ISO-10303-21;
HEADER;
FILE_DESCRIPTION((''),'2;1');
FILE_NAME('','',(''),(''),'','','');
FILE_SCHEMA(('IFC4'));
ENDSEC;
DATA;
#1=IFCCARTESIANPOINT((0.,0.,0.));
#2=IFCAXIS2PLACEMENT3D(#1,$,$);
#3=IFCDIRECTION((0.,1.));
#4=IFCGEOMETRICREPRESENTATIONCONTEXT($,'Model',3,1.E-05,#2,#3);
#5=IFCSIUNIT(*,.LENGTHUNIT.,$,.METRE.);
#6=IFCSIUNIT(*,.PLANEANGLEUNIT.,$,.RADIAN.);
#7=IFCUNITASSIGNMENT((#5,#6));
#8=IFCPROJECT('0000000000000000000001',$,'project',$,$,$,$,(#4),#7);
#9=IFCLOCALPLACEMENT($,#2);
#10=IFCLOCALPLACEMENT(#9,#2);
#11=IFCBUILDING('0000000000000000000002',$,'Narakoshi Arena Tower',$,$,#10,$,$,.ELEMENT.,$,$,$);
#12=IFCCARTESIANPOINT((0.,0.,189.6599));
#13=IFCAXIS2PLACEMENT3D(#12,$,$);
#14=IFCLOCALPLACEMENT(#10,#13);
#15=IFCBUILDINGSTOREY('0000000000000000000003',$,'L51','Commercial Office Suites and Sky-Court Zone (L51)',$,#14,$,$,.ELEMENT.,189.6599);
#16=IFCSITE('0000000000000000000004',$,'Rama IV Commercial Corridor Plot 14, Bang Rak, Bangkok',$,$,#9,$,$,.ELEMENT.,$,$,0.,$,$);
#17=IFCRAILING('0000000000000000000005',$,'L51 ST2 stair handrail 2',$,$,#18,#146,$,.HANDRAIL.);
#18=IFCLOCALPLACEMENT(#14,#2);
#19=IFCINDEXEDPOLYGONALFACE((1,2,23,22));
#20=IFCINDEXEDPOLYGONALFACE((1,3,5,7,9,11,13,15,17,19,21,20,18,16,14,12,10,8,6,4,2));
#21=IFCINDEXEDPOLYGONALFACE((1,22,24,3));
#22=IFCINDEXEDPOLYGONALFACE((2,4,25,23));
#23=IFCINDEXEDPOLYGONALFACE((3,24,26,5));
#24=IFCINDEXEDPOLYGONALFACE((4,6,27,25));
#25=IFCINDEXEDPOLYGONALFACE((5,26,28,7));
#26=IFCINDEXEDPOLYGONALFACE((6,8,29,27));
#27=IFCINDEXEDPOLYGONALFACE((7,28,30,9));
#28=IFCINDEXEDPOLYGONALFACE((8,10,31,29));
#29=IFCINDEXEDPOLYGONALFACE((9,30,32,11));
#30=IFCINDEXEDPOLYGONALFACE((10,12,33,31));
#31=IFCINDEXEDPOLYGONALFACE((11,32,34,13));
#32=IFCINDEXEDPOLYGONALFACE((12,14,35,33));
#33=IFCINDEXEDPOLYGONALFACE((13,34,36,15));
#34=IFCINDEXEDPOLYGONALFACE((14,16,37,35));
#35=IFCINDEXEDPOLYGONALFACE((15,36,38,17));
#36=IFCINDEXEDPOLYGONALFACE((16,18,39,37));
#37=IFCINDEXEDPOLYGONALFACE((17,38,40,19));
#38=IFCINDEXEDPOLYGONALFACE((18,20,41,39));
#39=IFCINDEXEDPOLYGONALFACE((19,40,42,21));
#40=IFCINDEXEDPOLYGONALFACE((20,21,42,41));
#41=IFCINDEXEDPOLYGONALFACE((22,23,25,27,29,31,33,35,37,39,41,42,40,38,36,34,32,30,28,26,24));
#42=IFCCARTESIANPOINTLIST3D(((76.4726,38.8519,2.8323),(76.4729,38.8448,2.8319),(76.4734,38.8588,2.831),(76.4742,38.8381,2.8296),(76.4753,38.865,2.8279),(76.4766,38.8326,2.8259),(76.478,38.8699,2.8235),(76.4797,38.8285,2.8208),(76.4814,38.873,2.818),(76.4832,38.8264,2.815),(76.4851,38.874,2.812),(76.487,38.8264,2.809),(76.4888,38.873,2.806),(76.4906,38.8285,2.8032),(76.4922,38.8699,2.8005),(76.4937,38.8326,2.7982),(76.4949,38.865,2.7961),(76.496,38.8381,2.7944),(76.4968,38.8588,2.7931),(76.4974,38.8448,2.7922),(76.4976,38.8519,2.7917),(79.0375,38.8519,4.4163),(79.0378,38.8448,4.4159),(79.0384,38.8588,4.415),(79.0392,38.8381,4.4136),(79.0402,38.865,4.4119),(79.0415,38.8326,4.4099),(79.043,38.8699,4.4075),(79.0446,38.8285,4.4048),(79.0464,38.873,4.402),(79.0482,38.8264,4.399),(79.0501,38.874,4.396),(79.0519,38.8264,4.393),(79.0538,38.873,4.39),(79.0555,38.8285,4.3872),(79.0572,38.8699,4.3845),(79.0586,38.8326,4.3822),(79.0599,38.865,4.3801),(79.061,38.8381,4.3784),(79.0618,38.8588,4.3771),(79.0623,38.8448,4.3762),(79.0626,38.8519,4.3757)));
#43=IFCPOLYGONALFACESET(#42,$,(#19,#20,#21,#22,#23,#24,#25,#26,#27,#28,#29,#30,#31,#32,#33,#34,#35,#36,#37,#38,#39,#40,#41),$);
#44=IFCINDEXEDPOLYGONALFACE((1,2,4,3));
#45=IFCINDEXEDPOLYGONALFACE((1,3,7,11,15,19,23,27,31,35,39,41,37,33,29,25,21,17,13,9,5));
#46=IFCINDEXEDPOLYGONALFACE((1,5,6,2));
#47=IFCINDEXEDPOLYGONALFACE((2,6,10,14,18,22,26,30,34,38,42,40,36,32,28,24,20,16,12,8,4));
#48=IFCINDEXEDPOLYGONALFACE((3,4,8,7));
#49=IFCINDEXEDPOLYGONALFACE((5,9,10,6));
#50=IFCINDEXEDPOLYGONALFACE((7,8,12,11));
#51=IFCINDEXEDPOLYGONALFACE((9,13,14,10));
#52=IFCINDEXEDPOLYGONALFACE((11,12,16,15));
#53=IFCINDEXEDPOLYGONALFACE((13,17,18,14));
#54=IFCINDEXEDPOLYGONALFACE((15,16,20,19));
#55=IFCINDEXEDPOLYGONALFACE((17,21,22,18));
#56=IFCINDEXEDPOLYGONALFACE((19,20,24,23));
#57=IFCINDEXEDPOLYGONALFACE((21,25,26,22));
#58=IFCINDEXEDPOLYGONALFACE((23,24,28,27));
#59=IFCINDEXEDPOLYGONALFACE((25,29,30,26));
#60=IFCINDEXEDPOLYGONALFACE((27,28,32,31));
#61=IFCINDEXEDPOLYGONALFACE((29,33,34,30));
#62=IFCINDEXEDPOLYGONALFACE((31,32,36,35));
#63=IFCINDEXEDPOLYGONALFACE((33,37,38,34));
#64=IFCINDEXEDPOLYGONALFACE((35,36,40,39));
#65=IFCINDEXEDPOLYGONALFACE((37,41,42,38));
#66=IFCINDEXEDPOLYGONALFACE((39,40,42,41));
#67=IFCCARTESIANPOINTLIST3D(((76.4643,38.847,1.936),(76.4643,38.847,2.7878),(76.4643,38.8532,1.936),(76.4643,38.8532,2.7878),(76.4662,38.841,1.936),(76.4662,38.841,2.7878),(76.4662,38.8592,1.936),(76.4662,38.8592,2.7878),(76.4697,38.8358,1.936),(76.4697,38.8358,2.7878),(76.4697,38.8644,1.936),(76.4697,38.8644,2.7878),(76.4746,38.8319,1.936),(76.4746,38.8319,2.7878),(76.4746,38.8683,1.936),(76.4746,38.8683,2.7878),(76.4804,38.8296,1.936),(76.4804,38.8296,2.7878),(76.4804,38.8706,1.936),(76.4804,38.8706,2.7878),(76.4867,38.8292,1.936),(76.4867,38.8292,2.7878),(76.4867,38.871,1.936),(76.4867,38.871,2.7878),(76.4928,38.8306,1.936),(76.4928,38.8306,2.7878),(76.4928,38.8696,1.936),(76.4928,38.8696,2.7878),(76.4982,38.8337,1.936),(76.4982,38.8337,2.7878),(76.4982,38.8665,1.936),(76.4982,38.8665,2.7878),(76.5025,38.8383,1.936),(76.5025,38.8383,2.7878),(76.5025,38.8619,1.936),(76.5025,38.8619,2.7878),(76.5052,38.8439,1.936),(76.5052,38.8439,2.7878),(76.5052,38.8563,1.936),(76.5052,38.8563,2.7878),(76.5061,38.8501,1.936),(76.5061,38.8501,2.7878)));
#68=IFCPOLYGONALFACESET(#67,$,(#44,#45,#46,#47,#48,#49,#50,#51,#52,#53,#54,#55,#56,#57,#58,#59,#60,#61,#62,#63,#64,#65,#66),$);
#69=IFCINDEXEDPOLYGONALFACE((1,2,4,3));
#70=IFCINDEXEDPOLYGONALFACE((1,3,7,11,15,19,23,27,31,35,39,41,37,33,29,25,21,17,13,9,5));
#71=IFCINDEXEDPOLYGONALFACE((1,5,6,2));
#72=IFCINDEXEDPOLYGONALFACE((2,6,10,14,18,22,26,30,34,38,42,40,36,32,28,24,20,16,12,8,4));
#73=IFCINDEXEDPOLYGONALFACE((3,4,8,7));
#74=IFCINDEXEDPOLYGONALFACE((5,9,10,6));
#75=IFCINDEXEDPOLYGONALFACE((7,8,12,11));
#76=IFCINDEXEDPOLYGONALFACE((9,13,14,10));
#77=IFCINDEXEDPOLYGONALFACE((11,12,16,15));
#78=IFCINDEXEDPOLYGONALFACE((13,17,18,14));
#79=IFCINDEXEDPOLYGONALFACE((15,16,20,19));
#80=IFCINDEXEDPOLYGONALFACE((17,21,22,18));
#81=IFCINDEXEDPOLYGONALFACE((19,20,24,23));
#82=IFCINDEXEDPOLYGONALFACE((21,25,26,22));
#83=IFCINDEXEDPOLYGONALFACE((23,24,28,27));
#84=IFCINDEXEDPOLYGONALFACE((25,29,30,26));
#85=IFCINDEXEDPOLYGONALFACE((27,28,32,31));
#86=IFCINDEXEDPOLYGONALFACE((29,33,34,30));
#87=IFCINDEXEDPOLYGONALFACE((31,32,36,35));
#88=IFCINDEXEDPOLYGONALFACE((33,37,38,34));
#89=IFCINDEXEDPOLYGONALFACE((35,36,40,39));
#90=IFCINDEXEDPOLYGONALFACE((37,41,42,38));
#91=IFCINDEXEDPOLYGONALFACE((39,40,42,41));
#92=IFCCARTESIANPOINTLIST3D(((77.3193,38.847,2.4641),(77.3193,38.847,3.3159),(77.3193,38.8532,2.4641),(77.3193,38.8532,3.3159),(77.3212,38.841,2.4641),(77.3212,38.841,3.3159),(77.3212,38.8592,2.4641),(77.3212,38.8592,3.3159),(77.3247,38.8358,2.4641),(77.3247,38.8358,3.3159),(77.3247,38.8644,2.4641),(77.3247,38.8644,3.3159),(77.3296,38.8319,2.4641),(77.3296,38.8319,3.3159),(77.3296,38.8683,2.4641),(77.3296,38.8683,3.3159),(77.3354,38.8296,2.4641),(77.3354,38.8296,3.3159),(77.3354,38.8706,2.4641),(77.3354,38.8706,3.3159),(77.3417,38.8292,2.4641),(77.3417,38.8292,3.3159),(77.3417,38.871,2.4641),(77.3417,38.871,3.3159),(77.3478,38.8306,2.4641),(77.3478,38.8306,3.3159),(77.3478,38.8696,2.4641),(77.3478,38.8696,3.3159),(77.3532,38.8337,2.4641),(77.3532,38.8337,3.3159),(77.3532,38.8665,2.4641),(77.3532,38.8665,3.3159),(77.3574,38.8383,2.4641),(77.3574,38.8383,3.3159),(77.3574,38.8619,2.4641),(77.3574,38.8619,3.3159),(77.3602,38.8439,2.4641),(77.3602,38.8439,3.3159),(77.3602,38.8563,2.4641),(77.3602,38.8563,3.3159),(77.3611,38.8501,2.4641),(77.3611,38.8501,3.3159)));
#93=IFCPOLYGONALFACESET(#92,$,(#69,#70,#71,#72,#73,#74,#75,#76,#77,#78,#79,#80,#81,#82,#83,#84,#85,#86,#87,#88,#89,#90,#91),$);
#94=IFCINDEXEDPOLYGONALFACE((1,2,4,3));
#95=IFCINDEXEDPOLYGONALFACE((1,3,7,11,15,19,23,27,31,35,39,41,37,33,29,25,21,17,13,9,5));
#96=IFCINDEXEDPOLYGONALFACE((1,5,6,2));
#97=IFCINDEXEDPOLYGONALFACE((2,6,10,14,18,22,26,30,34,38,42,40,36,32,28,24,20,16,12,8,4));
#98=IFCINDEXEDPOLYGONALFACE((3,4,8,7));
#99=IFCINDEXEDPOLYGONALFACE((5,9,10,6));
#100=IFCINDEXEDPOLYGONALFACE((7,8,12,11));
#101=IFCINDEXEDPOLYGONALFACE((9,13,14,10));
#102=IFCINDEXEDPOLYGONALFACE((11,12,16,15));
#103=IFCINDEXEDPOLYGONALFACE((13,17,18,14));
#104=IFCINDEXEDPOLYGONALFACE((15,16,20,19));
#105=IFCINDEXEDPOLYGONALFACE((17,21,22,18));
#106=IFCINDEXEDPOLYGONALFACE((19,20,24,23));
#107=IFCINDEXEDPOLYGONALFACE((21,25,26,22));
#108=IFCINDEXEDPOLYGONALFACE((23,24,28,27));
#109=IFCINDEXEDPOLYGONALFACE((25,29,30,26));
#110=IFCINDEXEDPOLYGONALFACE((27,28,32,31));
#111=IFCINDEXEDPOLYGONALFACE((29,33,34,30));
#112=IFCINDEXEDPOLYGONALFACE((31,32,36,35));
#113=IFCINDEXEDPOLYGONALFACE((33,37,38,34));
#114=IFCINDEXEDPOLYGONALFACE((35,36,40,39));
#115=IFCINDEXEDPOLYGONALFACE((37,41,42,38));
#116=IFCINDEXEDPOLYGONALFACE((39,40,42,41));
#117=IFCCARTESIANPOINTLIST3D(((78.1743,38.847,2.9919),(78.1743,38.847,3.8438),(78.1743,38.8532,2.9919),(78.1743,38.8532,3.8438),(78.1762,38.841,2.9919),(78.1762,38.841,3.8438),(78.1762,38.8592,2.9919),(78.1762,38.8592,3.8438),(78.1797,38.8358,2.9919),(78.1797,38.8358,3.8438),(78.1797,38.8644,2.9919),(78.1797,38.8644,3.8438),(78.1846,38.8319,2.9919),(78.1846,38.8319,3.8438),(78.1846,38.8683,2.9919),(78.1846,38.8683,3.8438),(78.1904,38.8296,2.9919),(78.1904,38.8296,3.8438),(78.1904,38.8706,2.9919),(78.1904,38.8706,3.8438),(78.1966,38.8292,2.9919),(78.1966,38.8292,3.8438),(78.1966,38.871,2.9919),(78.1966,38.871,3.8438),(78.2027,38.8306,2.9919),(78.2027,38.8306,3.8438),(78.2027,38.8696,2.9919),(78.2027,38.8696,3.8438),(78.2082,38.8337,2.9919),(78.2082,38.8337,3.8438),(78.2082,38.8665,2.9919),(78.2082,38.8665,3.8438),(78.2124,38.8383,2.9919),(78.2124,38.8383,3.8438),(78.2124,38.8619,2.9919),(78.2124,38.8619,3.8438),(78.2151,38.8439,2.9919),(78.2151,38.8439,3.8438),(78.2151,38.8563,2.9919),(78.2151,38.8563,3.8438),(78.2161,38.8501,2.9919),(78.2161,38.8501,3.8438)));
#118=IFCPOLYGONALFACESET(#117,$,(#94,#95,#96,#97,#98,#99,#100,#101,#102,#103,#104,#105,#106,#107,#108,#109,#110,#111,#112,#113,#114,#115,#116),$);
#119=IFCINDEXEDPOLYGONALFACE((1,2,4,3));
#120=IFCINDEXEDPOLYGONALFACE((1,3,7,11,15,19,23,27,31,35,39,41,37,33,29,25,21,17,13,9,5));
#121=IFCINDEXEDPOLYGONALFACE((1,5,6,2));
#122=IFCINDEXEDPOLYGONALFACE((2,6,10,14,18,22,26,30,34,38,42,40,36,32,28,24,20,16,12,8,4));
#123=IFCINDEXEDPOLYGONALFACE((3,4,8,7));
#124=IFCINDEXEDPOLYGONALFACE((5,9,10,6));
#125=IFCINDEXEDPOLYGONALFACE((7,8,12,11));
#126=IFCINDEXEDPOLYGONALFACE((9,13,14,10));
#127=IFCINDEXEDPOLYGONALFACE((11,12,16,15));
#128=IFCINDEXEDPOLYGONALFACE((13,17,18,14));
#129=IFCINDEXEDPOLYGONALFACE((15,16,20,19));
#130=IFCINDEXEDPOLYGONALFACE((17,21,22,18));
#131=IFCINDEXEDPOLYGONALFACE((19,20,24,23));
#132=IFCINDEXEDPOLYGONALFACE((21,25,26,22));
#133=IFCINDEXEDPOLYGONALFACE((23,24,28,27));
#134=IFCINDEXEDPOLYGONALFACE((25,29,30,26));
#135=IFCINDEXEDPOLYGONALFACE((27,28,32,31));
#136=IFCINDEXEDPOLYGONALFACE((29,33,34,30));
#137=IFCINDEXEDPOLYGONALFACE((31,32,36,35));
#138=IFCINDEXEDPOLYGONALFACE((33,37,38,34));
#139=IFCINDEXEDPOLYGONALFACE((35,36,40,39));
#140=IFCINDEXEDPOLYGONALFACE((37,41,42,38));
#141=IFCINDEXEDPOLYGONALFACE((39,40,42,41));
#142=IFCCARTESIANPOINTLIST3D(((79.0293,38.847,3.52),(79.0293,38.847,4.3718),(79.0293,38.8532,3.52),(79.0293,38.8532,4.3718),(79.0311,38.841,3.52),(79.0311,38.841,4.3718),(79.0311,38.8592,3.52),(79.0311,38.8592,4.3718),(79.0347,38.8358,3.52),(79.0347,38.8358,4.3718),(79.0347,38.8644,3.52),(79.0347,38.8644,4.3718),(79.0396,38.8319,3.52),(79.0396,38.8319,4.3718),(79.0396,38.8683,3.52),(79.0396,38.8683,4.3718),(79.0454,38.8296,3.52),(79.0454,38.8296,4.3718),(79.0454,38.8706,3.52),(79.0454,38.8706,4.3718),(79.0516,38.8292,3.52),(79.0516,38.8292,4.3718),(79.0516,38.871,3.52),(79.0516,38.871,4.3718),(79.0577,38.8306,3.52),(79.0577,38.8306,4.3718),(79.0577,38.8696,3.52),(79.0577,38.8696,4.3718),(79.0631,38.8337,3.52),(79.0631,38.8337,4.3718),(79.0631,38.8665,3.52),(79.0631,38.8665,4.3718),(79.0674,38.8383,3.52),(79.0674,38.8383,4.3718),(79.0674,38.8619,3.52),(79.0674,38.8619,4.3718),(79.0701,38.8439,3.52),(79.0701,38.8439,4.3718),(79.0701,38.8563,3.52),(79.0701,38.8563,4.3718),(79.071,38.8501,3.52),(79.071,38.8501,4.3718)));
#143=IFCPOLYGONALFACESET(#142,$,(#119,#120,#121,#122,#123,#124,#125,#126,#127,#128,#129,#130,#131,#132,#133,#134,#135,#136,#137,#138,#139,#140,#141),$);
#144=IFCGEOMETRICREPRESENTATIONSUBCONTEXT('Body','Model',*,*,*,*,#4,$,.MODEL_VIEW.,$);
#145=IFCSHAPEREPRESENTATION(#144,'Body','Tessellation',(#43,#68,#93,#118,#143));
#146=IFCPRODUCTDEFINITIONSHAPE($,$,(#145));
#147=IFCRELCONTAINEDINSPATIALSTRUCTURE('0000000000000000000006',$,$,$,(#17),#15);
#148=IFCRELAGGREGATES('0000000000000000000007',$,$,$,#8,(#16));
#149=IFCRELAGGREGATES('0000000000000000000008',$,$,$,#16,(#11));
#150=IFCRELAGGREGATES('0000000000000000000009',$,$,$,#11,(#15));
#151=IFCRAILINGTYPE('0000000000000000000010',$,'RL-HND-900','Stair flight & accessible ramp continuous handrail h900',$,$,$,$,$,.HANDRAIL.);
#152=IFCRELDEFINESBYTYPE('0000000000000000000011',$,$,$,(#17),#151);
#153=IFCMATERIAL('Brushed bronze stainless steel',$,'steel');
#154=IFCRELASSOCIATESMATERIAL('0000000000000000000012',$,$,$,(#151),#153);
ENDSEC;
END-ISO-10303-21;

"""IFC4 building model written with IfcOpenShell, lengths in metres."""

from ifc_helpers import new_model, si_unit, direction, frame, origin, origin_2d, place, context, subcontext, project, spatial, circle, extrude, material, type_object, element, save


model = new_model("IFC4")

# Units and contexts
model_context = context("Model", 3, precision=1e-05, world=origin(), true_north=direction((0.0, 1.0)))
body_context = subcontext(model_context, "Body", "Model", "MODEL_VIEW")
ifc_project = project(units=[si_unit("LENGTHUNIT", "METRE"), si_unit("PLANEANGLEUNIT", "RADIAN")], contexts=[model_context])

# Site, building, storey
site_placement = place(None, origin())
site = spatial("IfcSite", under=ifc_project, at=site_placement, Name="Rama IV Commercial Corridor Plot 14, Bang Rak, Bangkok", CompositionType="ELEMENT", RefElevation=0.0)
building_placement = place(site_placement, origin())
building = spatial("IfcBuilding", under=site, at=building_placement, Name="Narakoshi Arena Tower", CompositionType="ELEMENT")
storey_placement = place(building_placement, frame((0.0, 0.0, 189.6599)))
storey = spatial("IfcBuildingStorey", under=building, at=storey_placement, Name="L51", Description="Commercial Office Suites and Sky-Court Zone (L51)", CompositionType="ELEMENT", Elevation=189.6599)

# Railing
ifc_material_1 = material(Name="Brushed bronze stainless steel", Category="steel")
railing_type_1 = type_object("IfcRailingType", Name="RL-HND-900", Description="Stair flight & accessible ramp continuous handrail h900", PredefinedType="HANDRAIL", material=ifc_material_1)
railing_1_placement = place(storey_placement, frame((76.4851, 38.8501, 1.936)))
element("IfcRailing", 1, at=railing_1_placement, inside=storey, type_object=railing_type_1, Name="L51 ST2 stair handrail 2", PredefinedType="HANDRAIL", context=body_context, shape_type="SweptSolid", body=[
    extrude(circle(Radius=0.0239, at=origin_2d()), frame((0.0, 0.0, 0.876), z_axis=(0.850834, 0.0, 0.525434), x_axis=(0.0, 1.0, 0.0)), (0.0, 0.0, 1.0), 3.0146),
    extrude(circle(Radius=0.021, at=origin_2d()), origin(), (0.0, 0.0, 1.0), 0.8518),
    extrude(circle(Radius=0.021, at=origin_2d()), frame((0.855, 0.0, 0.5281)), (0.0, 0.0, 1.0), 0.8518),
    extrude(circle(Radius=0.021, at=origin_2d()), frame((1.71, 0.0, 1.0559)), (0.0, 0.0, 1.0), 0.8518),
    extrude(circle(Radius=0.021, at=origin_2d()), frame((2.5649, 0.0, 1.584)), (0.0, 0.0, 1.0), 0.8518),
])

save(model, "model.ifc")
